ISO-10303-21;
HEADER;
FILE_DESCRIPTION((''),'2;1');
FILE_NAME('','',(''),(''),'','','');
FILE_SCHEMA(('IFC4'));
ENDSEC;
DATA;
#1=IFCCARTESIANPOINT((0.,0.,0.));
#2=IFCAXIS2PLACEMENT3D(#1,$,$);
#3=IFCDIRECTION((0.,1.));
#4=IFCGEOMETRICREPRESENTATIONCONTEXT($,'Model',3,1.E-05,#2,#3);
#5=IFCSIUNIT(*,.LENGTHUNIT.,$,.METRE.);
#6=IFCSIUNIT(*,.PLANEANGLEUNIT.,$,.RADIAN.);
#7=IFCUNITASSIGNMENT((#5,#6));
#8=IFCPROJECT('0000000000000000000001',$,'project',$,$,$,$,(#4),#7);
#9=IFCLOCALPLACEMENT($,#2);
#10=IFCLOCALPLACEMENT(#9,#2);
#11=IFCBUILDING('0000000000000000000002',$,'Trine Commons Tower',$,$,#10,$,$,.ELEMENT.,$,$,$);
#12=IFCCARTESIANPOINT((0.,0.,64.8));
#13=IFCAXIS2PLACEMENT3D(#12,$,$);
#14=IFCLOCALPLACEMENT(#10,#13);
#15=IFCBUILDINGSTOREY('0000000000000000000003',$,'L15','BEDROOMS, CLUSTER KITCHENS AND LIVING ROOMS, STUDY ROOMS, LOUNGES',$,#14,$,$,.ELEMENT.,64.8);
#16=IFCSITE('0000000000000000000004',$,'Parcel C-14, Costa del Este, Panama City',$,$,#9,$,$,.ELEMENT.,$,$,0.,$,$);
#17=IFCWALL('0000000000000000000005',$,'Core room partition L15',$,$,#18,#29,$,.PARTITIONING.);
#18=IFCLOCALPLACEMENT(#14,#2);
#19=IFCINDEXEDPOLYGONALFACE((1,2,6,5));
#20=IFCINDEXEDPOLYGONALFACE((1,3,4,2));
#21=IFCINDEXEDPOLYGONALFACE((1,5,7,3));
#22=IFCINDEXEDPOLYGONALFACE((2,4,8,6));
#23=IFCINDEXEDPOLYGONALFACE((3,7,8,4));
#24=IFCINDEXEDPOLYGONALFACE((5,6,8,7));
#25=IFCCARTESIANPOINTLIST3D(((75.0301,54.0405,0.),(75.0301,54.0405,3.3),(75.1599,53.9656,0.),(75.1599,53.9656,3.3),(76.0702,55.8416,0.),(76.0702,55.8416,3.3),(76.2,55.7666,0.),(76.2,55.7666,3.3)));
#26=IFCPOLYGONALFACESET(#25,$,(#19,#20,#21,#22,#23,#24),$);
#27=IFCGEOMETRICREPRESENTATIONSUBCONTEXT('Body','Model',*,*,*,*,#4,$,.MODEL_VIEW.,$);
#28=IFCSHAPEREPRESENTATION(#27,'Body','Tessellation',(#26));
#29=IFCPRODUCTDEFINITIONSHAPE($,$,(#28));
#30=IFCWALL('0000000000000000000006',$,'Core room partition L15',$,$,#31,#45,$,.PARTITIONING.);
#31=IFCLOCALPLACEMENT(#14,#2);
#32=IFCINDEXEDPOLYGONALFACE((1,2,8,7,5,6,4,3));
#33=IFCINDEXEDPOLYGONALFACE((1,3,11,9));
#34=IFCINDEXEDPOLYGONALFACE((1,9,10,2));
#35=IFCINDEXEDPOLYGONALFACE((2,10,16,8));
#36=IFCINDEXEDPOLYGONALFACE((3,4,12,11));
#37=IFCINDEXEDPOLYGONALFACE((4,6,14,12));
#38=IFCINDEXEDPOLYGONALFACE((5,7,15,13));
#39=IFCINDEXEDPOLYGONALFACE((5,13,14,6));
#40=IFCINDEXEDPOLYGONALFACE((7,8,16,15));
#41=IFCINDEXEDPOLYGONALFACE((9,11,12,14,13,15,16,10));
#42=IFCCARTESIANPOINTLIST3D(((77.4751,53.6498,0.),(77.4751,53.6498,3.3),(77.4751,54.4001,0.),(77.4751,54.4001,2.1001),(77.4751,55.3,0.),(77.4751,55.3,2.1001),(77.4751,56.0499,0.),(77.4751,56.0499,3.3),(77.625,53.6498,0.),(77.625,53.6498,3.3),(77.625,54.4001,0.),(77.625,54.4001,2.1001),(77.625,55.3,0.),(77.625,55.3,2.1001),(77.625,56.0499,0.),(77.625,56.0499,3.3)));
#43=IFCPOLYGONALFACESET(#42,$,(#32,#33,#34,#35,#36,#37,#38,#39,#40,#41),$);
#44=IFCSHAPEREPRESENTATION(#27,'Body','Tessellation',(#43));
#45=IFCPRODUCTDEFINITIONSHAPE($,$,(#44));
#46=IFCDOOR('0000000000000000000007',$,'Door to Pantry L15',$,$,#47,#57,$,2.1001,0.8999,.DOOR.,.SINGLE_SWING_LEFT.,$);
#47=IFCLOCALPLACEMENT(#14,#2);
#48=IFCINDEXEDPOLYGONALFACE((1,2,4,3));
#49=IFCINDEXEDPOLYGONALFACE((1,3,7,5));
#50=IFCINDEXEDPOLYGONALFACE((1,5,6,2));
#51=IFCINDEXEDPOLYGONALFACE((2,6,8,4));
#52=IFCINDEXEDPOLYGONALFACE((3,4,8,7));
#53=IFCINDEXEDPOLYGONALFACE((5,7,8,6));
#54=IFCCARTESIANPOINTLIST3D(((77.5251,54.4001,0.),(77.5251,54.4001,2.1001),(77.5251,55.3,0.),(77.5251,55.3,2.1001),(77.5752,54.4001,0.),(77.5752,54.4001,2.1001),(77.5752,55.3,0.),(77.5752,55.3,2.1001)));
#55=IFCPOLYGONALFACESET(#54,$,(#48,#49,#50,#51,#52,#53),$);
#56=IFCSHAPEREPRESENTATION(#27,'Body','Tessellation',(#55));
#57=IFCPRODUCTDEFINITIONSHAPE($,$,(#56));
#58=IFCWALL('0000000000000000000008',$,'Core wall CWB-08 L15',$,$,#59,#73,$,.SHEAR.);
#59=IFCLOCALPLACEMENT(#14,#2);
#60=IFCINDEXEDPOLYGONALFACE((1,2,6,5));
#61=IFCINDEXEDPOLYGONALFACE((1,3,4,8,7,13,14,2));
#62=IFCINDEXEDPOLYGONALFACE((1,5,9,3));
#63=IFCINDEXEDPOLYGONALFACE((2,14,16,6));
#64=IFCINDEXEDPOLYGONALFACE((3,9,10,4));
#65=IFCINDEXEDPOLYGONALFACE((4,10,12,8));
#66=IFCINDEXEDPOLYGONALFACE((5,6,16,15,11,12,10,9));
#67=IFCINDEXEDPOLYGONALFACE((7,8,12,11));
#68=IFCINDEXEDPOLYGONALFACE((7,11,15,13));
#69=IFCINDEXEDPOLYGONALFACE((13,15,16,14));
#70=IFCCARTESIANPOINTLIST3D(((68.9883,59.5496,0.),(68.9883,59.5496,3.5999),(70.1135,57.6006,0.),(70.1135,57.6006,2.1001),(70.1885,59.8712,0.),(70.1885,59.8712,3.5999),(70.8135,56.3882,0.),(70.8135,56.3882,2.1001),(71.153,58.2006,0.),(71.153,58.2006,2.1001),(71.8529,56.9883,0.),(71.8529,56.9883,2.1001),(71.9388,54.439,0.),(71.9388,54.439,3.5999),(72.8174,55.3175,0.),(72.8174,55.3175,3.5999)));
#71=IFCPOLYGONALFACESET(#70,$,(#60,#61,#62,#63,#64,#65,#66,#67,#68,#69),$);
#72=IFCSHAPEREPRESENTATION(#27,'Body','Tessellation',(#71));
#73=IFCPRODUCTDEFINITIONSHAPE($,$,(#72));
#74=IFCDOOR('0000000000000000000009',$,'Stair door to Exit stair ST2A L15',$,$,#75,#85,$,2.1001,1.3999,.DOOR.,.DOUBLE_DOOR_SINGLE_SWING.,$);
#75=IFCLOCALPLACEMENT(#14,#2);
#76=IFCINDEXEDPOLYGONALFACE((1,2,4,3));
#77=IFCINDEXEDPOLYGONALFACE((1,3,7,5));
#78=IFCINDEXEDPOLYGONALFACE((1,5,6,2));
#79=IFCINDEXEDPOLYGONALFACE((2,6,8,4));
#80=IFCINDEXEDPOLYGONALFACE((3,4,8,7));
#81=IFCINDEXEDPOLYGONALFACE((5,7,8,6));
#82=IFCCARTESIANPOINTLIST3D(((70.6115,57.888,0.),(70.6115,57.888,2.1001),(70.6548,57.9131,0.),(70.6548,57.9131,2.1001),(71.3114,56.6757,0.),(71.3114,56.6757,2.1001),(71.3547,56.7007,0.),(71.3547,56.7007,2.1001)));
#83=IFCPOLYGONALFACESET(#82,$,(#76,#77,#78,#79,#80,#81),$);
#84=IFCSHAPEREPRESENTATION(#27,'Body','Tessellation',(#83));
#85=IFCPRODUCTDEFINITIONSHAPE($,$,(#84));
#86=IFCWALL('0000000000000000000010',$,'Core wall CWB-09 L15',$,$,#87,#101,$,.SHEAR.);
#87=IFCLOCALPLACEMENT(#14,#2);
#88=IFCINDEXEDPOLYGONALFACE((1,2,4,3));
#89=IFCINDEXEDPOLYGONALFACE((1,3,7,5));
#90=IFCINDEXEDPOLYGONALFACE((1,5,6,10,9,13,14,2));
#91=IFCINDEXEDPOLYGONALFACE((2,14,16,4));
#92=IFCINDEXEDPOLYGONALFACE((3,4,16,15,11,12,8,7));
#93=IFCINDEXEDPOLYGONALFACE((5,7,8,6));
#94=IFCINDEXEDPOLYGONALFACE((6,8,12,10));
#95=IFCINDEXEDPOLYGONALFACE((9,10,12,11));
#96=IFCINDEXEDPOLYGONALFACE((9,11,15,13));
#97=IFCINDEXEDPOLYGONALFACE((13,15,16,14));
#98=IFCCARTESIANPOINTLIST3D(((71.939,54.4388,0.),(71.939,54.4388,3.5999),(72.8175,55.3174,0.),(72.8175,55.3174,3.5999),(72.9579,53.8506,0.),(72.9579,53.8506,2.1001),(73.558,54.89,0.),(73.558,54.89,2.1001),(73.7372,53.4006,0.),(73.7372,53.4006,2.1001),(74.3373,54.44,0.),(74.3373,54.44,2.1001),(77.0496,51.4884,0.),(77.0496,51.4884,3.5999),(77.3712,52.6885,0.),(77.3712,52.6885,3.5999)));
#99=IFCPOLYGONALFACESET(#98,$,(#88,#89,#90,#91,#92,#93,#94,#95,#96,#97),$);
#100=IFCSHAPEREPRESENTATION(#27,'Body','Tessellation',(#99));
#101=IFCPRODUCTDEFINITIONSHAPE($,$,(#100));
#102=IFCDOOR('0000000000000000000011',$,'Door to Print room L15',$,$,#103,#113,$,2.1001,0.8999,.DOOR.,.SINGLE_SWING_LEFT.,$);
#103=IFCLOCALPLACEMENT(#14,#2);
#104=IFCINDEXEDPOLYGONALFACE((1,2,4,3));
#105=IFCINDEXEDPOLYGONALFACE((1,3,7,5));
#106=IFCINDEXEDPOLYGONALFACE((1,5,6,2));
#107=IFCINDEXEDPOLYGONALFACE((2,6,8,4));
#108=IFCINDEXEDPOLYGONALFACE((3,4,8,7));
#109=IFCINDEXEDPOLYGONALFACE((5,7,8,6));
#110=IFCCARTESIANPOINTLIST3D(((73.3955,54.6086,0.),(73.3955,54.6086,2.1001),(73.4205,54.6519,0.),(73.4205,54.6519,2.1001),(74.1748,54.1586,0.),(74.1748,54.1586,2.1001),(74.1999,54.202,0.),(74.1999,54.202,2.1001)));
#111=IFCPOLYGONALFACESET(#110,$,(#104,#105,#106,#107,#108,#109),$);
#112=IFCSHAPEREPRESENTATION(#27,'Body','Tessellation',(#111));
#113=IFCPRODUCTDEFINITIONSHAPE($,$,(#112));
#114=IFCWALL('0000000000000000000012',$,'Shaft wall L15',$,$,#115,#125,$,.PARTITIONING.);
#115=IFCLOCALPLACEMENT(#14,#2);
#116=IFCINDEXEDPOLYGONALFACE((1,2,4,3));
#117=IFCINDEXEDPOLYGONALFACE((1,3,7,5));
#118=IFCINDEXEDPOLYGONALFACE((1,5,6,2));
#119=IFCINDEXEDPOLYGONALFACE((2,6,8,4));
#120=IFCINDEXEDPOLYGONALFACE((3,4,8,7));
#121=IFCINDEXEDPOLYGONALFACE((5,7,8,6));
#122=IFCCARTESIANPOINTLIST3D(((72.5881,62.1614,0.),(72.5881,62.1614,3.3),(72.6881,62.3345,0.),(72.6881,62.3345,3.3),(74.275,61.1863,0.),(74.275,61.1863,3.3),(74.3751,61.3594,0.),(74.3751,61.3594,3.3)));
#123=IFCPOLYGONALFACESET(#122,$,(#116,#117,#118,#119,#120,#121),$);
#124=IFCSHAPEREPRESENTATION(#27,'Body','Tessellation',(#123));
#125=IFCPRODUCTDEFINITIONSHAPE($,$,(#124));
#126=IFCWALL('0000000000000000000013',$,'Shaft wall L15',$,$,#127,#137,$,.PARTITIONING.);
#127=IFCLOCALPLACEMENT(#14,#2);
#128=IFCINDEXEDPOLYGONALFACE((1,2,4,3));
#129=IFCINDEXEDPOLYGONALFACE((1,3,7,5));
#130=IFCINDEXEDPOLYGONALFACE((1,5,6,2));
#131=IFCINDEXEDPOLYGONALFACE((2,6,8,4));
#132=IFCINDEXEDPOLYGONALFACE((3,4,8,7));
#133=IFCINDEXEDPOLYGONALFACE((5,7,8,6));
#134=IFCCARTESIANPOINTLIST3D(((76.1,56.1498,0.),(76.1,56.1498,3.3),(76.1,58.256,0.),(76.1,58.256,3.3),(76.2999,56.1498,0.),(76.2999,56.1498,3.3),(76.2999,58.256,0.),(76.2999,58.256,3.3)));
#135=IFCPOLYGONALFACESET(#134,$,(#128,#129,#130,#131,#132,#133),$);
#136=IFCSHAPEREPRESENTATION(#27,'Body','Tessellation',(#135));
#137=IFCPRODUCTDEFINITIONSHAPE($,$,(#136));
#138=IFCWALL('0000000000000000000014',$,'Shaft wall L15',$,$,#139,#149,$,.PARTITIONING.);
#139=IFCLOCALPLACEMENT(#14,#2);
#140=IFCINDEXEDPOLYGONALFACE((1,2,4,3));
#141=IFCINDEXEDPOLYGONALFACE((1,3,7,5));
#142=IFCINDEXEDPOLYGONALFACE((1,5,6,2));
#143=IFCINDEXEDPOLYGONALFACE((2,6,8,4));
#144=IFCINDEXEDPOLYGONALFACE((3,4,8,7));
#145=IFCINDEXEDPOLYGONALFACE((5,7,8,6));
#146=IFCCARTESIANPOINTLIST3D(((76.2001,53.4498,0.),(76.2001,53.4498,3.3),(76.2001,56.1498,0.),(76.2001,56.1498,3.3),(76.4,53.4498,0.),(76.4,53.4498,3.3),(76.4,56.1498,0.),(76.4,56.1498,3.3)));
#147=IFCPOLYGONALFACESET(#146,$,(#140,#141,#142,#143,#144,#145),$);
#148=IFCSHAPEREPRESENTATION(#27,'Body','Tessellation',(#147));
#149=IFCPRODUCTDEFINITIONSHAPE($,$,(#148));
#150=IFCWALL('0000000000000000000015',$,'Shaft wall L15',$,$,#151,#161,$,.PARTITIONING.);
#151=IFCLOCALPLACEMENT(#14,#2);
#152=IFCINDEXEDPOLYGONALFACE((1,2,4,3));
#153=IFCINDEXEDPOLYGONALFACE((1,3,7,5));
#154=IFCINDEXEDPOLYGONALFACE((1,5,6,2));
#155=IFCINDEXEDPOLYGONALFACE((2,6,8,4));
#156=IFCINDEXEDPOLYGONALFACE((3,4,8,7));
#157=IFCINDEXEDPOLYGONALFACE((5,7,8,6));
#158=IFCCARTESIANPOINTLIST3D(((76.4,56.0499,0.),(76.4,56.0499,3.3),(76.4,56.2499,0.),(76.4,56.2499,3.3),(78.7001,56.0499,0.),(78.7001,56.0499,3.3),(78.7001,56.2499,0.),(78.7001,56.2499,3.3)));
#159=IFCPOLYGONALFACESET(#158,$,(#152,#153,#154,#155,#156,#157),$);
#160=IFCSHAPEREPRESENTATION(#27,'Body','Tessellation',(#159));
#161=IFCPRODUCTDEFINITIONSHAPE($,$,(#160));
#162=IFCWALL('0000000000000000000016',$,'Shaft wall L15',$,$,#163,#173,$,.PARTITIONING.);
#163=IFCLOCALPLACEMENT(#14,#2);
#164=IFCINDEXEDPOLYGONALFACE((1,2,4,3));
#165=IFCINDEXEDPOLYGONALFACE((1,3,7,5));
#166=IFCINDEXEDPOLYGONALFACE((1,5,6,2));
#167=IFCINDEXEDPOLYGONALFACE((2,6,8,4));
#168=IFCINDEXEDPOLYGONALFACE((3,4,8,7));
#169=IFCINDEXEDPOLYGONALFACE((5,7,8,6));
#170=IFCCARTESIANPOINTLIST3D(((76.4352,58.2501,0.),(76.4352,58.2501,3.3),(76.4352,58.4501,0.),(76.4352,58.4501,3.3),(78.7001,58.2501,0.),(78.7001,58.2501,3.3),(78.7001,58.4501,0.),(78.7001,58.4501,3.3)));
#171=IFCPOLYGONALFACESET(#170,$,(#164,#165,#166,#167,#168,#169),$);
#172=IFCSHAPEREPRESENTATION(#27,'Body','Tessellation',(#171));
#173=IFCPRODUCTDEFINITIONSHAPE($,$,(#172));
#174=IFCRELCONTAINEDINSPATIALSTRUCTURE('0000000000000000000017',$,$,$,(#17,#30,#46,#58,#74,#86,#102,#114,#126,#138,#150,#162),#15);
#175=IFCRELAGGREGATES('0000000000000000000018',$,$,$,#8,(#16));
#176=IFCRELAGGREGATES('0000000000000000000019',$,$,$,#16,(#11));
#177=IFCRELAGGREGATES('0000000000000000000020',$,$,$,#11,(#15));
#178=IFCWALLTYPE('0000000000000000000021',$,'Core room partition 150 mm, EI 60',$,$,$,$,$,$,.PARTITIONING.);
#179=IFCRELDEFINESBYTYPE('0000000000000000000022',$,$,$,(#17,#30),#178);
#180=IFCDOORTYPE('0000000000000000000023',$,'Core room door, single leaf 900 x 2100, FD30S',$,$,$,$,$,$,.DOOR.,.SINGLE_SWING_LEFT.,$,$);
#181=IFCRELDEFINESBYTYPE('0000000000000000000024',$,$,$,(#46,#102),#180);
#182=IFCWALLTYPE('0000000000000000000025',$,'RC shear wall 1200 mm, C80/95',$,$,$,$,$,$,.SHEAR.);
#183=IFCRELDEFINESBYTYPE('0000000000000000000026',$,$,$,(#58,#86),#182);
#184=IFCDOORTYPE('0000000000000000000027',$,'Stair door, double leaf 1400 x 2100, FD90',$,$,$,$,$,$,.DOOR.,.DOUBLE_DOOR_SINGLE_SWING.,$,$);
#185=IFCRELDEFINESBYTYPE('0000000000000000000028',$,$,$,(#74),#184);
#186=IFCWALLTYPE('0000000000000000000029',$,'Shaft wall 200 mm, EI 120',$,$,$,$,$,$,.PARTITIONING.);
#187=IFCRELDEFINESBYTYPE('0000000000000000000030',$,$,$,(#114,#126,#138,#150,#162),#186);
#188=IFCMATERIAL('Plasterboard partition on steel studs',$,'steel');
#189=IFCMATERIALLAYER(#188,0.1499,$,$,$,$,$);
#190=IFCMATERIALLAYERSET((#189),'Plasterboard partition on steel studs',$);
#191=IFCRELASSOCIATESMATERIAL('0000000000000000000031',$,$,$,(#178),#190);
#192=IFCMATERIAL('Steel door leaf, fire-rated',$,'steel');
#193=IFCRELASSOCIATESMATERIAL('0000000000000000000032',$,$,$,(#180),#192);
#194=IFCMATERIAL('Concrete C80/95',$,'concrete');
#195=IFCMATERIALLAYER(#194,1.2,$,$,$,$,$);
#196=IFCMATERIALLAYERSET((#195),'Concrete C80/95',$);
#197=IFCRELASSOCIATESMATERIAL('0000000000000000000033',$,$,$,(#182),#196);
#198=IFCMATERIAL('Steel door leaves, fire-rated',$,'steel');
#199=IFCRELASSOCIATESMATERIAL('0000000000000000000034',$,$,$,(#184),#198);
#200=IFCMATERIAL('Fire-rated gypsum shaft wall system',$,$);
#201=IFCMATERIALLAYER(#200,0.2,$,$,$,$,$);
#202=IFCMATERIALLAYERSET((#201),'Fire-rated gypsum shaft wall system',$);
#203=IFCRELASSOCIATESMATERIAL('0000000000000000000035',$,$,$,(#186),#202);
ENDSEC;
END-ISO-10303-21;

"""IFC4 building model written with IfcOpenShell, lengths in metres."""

from ifc_helpers import new_model, si_unit, direction, frame, frame_2d, origin, place, context, subcontext, project, spatial, polyline, rectangle, outline, extrude, material, layer, layer_set, type_object, element, fill, save


model = new_model("IFC4")

# Units and contexts
model_context = context("Model", 3, precision=1e-05, world=origin(), true_north=direction((0.0, 1.0)))
body_context = subcontext(model_context, "Body", "Model", "MODEL_VIEW")
ifc_project = project(units=[si_unit("LENGTHUNIT", "METRE"), si_unit("PLANEANGLEUNIT", "RADIAN")], contexts=[model_context])

# Site, building, storey
site_placement = place(None, origin())
site = spatial("IfcSite", under=ifc_project, at=site_placement, Name="Parcel C-14, Costa del Este, Panama City", CompositionType="ELEMENT", RefElevation=0.0)
building_placement = place(site_placement, origin())
building = spatial("IfcBuilding", under=site, at=building_placement, Name="Trine Commons Tower", CompositionType="ELEMENT")
storey_placement = place(building_placement, frame((0.0, 0.0, 64.8)))
storey = spatial("IfcBuildingStorey", under=building, at=storey_placement, Name="L15", Description="BEDROOMS, CLUSTER KITCHENS AND LIVING ROOMS, STUDY ROOMS, LOUNGES", CompositionType="ELEMENT", Elevation=64.8)

# Wall
ifc_material_1 = material(Name="Plasterboard partition on steel studs", Category="steel")
ifc_layer_1 = layer(ifc_material_1, 0.1499)
ifc_layer_set_1 = layer_set([ifc_layer_1], Name="Plasterboard partition on steel studs")
wall_type_1 = type_object("IfcWallType", Name="Core room partition 150 mm, EI 60", PredefinedType="PARTITIONING", material=ifc_layer_set_1)
wall_1_placement = place(storey_placement, frame((75.095, 54.0029, 0.0), z_axis=(0.0, 0.0, 1.0), x_axis=(0.500078, 0.86598, 0.0)))
element("IfcWall", 1, at=wall_1_placement, inside=storey, type_object=wall_type_1, Name="Core room partition L15", PredefinedType="PARTITIONING", context=body_context, shape_type="SweptSolid", body=[
    extrude(rectangle(XDim=2.0798, YDim=0.1499, at=frame_2d((1.04, 0.0))), origin(), (0.0, 0.0, 1.0), 3.3),
])

# Walls, openings, doors
wall_2_placement = place(storey_placement, frame((77.55, 56.05, 0.0), z_axis=(0.0, 0.0, 1.0), x_axis=(0.0, -1.0, 0.0)))
wall_2 = element("IfcWall", 2, at=wall_2_placement, inside=storey, type_object=wall_type_1, Name="Core room partition L15", PredefinedType="PARTITIONING", context=body_context, shape_type="SweptSolid", body=[
    extrude(rectangle(XDim=2.4001, YDim=0.1499, at=frame_2d((1.2002, 0.0))), origin(), (0.0, 0.0, 1.0), 3.3),
])
opening_1_placement = place(wall_2_placement, frame((0.75, 0.0, 0.0)))
opening_1 = element("IfcOpeningElement", 3, at=opening_1_placement, cuts=wall_2, PredefinedType="OPENING", context=body_context, shape_type="SweptSolid", body=[
    extrude(rectangle(XDim=0.8999, YDim=2.1001, at=frame_2d((0.45, 1.05))), frame((0.0, 0.085, 0.0), z_axis=(0.0, -1.0, 0.0), x_axis=(1.0, 0.0, 0.0)), (0.0, 0.0, 1.0), 0.1699),
])
ifc_material_2 = material(Name="Steel door leaf, fire-rated", Category="steel")
door_type_1 = type_object("IfcDoorType", Name="Core room door, single leaf 900 x 2100, FD30S", OperationType="SINGLE_SWING_LEFT", PredefinedType="DOOR", material=ifc_material_2)
door_1_placement = place(opening_1_placement, frame((0.8999, 0.0, 0.0), z_axis=(0.0, 0.0, 1.0), x_axis=(-1.0, 0.0, 0.0)))
door_1 = element("IfcDoor", 4, at=door_1_placement, inside=storey, type_object=door_type_1, Name="Door to Pantry L15", OperationType="SINGLE_SWING_LEFT", OverallHeight=2.1001, OverallWidth=0.8999, PredefinedType="DOOR", context=body_context, shape_type="SweptSolid", body=[
    extrude(rectangle(XDim=0.8999, YDim=2.1001, at=frame_2d((0.45, 1.05))), frame((0.0, 0.0249, 0.0), z_axis=(0.0, -1.0, 0.0), x_axis=(1.0, 0.0, 0.0)), (0.0, 0.0, 1.0), 0.05),
])
fill(opening_1, door_1)
ifc_material_3 = material(Name="Concrete C80/95", Category="concrete")
ifc_layer_2 = layer(ifc_material_3, 1.2)
ifc_layer_set_2 = layer_set([ifc_layer_2], Name="Concrete C80/95")
wall_type_2 = type_object("IfcWallType", Name="RC shear wall 1200 mm, C80/95", PredefinedType="SHEAR", material=ifc_layer_set_2)
wall_3_placement = place(storey_placement, frame((69.5081, 59.8496, 0.0), z_axis=(0.0, 0.0, 1.0), x_axis=(0.499979, -0.866037, 0.0)))
wall_3 = element("IfcWall", 5, at=wall_3_placement, inside=storey, type_object=wall_type_2, Name="Core wall CWB-08 L15", PredefinedType="SHEAR", context=body_context, shape_type="SweptSolid", body=[
    extrude(outline(polyline([(0.0, -0.6001), (5.9011, -0.6001), (5.5796, 0.6001), (0.3215, 0.6001), (0.0, -0.6001)])), origin(), (0.0, 0.0, 1.0), 3.5999),
])
opening_2_placement = place(wall_3_placement, frame((2.2505, 0.0, 0.0)))
opening_2 = element("IfcOpeningElement", 6, at=opening_2_placement, cuts=wall_3, PredefinedType="OPENING", context=body_context, shape_type="SweptSolid", body=[
    extrude(rectangle(XDim=1.3999, YDim=2.1001, at=frame_2d((0.7, 1.05))), frame((0.0, 0.6099, 0.0), z_axis=(0.0, -1.0, 0.0), x_axis=(1.0, 0.0, 0.0)), (0.0, 0.0, 1.0), 1.22),
])
ifc_material_4 = material(Name="Steel door leaves, fire-rated", Category="steel")
door_type_2 = type_object("IfcDoorType", Name="Stair door, double leaf 1400 x 2100, FD90", OperationType="DOUBLE_DOOR_SINGLE_SWING", PredefinedType="DOOR", material=ifc_material_4)
door_2_placement = place(opening_2_placement, origin())
door_2 = element("IfcDoor", 7, at=door_2_placement, inside=storey, type_object=door_type_2, Name="Stair door to Exit stair ST2A L15", OperationType="DOUBLE_DOOR_SINGLE_SWING", OverallHeight=2.1001, OverallWidth=1.3999, PredefinedType="DOOR", context=body_context, shape_type="SweptSolid", body=[
    extrude(rectangle(XDim=1.3999, YDim=2.1001, at=frame_2d((0.7, 1.05))), frame((0.0, 0.0249, 0.0), z_axis=(0.0, -1.0, 0.0), x_axis=(1.0, 0.0, 0.0)), (0.0, 0.0, 1.0), 0.05),
])
fill(opening_2, door_2)
wall_4_placement = place(storey_placement, frame((72.239, 54.9585, 0.0), z_axis=(0.0, 0.0, 1.0), x_axis=(0.866037, -0.499979, 0.0)))
wall_4 = element("IfcWall", 8, at=wall_4_placement, inside=storey, type_object=wall_type_2, Name="Core wall CWB-09 L15", PredefinedType="SHEAR", context=body_context, shape_type="SweptSolid", body=[
    extrude(outline(polyline([(0.0, -0.6001), (5.9011, -0.6001), (5.5796, 0.6001), (0.3215, 0.6001), (0.0, -0.6001)])), origin(), (0.0, 0.0, 1.0), 3.5999),
])
opening_3_placement = place(wall_4_placement, frame((1.1765, 0.0, 0.0)))
opening_3 = element("IfcOpeningElement", 9, at=opening_3_placement, cuts=wall_4, PredefinedType="OPENING", context=body_context, shape_type="SweptSolid", body=[
    extrude(rectangle(XDim=0.8999, YDim=2.1001, at=frame_2d((0.45, 1.05))), frame((0.0, 0.6099, 0.0), z_axis=(0.0, -1.0, 0.0), x_axis=(1.0, 0.0, 0.0)), (0.0, 0.0, 1.0), 1.22),
])
door_3_placement = place(opening_3_placement, origin())
door_3 = element("IfcDoor", 10, at=door_3_placement, inside=storey, type_object=door_type_1, Name="Door to Print room L15", OperationType="SINGLE_SWING_LEFT", OverallHeight=2.1001, OverallWidth=0.8999, PredefinedType="DOOR", context=body_context, shape_type="SweptSolid", body=[
    extrude(rectangle(XDim=0.8999, YDim=2.1001, at=frame_2d((0.45, 1.05))), frame((0.0, 0.3252, 0.0), z_axis=(0.0, -1.0, 0.0), x_axis=(1.0, 0.0, 0.0)), (0.0, 0.0, 1.0), 0.05),
])
fill(opening_3, door_3)

# Walls
ifc_material_5 = material(Name="Fire-rated gypsum shaft wall system")
ifc_layer_3 = layer(ifc_material_5, 0.2)
ifc_layer_set_3 = layer_set([ifc_layer_3], Name="Fire-rated gypsum shaft wall system")
wall_type_3 = type_object("IfcWallType", Name="Shaft wall 200 mm, EI 120", PredefinedType="PARTITIONING", material=ifc_layer_set_3)
wall_5_placement = place(storey_placement, frame((74.325, 61.2729, 0.0), z_axis=(0.0, 0.0, 1.0), x_axis=(-0.865781, 0.500424, 0.0)))
element("IfcWall", 11, at=wall_5_placement, inside=storey, type_object=wall_type_3, Name="Shaft wall L15", PredefinedType="PARTITIONING", context=body_context, shape_type="SweptSolid", body=[
    extrude(rectangle(XDim=1.9485, YDim=0.2, at=frame_2d((0.9741, 0.0))), origin(), (0.0, 0.0, 1.0), 3.3),
])
wall_6_placement = place(storey_placement, frame((76.2, 58.2561, 0.0), z_axis=(0.0, 0.0, 1.0), x_axis=(0.0, -1.0, 0.0)))
element("IfcWall", 12, at=wall_6_placement, inside=storey, type_object=wall_type_3, Name="Shaft wall L15", PredefinedType="PARTITIONING", context=body_context, shape_type="SweptSolid", body=[
    extrude(rectangle(XDim=2.1062, YDim=0.2, at=frame_2d((1.0532, 0.0))), origin(), (0.0, 0.0, 1.0), 3.3),
])
wall_7_placement = place(storey_placement, frame((76.3, 56.1499, 0.0), z_axis=(0.0, 0.0, 1.0), x_axis=(0.0, -1.0, 0.0)))
element("IfcWall", 13, at=wall_7_placement, inside=storey, type_object=wall_type_3, Name="Shaft wall L15", PredefinedType="PARTITIONING", context=body_context, shape_type="SweptSolid", body=[
    extrude(rectangle(XDim=2.7, YDim=0.2, at=frame_2d((1.3501, 0.0))), origin(), (0.0, 0.0, 1.0), 3.3),
])
wall_8_placement = place(storey_placement, frame((78.7, 56.1499, 0.0), z_axis=(0.0, 0.0, 1.0), x_axis=(-1.0, 0.0, 0.0)))
element("IfcWall", 14, at=wall_8_placement, inside=storey, type_object=wall_type_3, Name="Shaft wall L15", PredefinedType="PARTITIONING", context=body_context, shape_type="SweptSolid", body=[
    extrude(rectangle(XDim=2.3, YDim=0.2, at=frame_2d((1.1499, 0.0))), origin(), (0.0, 0.0, 1.0), 3.3),
])
wall_9_placement = place(storey_placement, frame((78.7, 58.3501, 0.0), z_axis=(0.0, 0.0, 1.0), x_axis=(-1.0, 0.0, 0.0)))
element("IfcWall", 15, at=wall_9_placement, inside=storey, type_object=wall_type_3, Name="Shaft wall L15", PredefinedType="PARTITIONING", context=body_context, shape_type="SweptSolid", body=[
    extrude(rectangle(XDim=2.2649, YDim=0.2, at=frame_2d((1.1323, 0.0))), origin(), (0.0, 0.0, 1.0), 3.3),
])

save(model, "model.ifc")
